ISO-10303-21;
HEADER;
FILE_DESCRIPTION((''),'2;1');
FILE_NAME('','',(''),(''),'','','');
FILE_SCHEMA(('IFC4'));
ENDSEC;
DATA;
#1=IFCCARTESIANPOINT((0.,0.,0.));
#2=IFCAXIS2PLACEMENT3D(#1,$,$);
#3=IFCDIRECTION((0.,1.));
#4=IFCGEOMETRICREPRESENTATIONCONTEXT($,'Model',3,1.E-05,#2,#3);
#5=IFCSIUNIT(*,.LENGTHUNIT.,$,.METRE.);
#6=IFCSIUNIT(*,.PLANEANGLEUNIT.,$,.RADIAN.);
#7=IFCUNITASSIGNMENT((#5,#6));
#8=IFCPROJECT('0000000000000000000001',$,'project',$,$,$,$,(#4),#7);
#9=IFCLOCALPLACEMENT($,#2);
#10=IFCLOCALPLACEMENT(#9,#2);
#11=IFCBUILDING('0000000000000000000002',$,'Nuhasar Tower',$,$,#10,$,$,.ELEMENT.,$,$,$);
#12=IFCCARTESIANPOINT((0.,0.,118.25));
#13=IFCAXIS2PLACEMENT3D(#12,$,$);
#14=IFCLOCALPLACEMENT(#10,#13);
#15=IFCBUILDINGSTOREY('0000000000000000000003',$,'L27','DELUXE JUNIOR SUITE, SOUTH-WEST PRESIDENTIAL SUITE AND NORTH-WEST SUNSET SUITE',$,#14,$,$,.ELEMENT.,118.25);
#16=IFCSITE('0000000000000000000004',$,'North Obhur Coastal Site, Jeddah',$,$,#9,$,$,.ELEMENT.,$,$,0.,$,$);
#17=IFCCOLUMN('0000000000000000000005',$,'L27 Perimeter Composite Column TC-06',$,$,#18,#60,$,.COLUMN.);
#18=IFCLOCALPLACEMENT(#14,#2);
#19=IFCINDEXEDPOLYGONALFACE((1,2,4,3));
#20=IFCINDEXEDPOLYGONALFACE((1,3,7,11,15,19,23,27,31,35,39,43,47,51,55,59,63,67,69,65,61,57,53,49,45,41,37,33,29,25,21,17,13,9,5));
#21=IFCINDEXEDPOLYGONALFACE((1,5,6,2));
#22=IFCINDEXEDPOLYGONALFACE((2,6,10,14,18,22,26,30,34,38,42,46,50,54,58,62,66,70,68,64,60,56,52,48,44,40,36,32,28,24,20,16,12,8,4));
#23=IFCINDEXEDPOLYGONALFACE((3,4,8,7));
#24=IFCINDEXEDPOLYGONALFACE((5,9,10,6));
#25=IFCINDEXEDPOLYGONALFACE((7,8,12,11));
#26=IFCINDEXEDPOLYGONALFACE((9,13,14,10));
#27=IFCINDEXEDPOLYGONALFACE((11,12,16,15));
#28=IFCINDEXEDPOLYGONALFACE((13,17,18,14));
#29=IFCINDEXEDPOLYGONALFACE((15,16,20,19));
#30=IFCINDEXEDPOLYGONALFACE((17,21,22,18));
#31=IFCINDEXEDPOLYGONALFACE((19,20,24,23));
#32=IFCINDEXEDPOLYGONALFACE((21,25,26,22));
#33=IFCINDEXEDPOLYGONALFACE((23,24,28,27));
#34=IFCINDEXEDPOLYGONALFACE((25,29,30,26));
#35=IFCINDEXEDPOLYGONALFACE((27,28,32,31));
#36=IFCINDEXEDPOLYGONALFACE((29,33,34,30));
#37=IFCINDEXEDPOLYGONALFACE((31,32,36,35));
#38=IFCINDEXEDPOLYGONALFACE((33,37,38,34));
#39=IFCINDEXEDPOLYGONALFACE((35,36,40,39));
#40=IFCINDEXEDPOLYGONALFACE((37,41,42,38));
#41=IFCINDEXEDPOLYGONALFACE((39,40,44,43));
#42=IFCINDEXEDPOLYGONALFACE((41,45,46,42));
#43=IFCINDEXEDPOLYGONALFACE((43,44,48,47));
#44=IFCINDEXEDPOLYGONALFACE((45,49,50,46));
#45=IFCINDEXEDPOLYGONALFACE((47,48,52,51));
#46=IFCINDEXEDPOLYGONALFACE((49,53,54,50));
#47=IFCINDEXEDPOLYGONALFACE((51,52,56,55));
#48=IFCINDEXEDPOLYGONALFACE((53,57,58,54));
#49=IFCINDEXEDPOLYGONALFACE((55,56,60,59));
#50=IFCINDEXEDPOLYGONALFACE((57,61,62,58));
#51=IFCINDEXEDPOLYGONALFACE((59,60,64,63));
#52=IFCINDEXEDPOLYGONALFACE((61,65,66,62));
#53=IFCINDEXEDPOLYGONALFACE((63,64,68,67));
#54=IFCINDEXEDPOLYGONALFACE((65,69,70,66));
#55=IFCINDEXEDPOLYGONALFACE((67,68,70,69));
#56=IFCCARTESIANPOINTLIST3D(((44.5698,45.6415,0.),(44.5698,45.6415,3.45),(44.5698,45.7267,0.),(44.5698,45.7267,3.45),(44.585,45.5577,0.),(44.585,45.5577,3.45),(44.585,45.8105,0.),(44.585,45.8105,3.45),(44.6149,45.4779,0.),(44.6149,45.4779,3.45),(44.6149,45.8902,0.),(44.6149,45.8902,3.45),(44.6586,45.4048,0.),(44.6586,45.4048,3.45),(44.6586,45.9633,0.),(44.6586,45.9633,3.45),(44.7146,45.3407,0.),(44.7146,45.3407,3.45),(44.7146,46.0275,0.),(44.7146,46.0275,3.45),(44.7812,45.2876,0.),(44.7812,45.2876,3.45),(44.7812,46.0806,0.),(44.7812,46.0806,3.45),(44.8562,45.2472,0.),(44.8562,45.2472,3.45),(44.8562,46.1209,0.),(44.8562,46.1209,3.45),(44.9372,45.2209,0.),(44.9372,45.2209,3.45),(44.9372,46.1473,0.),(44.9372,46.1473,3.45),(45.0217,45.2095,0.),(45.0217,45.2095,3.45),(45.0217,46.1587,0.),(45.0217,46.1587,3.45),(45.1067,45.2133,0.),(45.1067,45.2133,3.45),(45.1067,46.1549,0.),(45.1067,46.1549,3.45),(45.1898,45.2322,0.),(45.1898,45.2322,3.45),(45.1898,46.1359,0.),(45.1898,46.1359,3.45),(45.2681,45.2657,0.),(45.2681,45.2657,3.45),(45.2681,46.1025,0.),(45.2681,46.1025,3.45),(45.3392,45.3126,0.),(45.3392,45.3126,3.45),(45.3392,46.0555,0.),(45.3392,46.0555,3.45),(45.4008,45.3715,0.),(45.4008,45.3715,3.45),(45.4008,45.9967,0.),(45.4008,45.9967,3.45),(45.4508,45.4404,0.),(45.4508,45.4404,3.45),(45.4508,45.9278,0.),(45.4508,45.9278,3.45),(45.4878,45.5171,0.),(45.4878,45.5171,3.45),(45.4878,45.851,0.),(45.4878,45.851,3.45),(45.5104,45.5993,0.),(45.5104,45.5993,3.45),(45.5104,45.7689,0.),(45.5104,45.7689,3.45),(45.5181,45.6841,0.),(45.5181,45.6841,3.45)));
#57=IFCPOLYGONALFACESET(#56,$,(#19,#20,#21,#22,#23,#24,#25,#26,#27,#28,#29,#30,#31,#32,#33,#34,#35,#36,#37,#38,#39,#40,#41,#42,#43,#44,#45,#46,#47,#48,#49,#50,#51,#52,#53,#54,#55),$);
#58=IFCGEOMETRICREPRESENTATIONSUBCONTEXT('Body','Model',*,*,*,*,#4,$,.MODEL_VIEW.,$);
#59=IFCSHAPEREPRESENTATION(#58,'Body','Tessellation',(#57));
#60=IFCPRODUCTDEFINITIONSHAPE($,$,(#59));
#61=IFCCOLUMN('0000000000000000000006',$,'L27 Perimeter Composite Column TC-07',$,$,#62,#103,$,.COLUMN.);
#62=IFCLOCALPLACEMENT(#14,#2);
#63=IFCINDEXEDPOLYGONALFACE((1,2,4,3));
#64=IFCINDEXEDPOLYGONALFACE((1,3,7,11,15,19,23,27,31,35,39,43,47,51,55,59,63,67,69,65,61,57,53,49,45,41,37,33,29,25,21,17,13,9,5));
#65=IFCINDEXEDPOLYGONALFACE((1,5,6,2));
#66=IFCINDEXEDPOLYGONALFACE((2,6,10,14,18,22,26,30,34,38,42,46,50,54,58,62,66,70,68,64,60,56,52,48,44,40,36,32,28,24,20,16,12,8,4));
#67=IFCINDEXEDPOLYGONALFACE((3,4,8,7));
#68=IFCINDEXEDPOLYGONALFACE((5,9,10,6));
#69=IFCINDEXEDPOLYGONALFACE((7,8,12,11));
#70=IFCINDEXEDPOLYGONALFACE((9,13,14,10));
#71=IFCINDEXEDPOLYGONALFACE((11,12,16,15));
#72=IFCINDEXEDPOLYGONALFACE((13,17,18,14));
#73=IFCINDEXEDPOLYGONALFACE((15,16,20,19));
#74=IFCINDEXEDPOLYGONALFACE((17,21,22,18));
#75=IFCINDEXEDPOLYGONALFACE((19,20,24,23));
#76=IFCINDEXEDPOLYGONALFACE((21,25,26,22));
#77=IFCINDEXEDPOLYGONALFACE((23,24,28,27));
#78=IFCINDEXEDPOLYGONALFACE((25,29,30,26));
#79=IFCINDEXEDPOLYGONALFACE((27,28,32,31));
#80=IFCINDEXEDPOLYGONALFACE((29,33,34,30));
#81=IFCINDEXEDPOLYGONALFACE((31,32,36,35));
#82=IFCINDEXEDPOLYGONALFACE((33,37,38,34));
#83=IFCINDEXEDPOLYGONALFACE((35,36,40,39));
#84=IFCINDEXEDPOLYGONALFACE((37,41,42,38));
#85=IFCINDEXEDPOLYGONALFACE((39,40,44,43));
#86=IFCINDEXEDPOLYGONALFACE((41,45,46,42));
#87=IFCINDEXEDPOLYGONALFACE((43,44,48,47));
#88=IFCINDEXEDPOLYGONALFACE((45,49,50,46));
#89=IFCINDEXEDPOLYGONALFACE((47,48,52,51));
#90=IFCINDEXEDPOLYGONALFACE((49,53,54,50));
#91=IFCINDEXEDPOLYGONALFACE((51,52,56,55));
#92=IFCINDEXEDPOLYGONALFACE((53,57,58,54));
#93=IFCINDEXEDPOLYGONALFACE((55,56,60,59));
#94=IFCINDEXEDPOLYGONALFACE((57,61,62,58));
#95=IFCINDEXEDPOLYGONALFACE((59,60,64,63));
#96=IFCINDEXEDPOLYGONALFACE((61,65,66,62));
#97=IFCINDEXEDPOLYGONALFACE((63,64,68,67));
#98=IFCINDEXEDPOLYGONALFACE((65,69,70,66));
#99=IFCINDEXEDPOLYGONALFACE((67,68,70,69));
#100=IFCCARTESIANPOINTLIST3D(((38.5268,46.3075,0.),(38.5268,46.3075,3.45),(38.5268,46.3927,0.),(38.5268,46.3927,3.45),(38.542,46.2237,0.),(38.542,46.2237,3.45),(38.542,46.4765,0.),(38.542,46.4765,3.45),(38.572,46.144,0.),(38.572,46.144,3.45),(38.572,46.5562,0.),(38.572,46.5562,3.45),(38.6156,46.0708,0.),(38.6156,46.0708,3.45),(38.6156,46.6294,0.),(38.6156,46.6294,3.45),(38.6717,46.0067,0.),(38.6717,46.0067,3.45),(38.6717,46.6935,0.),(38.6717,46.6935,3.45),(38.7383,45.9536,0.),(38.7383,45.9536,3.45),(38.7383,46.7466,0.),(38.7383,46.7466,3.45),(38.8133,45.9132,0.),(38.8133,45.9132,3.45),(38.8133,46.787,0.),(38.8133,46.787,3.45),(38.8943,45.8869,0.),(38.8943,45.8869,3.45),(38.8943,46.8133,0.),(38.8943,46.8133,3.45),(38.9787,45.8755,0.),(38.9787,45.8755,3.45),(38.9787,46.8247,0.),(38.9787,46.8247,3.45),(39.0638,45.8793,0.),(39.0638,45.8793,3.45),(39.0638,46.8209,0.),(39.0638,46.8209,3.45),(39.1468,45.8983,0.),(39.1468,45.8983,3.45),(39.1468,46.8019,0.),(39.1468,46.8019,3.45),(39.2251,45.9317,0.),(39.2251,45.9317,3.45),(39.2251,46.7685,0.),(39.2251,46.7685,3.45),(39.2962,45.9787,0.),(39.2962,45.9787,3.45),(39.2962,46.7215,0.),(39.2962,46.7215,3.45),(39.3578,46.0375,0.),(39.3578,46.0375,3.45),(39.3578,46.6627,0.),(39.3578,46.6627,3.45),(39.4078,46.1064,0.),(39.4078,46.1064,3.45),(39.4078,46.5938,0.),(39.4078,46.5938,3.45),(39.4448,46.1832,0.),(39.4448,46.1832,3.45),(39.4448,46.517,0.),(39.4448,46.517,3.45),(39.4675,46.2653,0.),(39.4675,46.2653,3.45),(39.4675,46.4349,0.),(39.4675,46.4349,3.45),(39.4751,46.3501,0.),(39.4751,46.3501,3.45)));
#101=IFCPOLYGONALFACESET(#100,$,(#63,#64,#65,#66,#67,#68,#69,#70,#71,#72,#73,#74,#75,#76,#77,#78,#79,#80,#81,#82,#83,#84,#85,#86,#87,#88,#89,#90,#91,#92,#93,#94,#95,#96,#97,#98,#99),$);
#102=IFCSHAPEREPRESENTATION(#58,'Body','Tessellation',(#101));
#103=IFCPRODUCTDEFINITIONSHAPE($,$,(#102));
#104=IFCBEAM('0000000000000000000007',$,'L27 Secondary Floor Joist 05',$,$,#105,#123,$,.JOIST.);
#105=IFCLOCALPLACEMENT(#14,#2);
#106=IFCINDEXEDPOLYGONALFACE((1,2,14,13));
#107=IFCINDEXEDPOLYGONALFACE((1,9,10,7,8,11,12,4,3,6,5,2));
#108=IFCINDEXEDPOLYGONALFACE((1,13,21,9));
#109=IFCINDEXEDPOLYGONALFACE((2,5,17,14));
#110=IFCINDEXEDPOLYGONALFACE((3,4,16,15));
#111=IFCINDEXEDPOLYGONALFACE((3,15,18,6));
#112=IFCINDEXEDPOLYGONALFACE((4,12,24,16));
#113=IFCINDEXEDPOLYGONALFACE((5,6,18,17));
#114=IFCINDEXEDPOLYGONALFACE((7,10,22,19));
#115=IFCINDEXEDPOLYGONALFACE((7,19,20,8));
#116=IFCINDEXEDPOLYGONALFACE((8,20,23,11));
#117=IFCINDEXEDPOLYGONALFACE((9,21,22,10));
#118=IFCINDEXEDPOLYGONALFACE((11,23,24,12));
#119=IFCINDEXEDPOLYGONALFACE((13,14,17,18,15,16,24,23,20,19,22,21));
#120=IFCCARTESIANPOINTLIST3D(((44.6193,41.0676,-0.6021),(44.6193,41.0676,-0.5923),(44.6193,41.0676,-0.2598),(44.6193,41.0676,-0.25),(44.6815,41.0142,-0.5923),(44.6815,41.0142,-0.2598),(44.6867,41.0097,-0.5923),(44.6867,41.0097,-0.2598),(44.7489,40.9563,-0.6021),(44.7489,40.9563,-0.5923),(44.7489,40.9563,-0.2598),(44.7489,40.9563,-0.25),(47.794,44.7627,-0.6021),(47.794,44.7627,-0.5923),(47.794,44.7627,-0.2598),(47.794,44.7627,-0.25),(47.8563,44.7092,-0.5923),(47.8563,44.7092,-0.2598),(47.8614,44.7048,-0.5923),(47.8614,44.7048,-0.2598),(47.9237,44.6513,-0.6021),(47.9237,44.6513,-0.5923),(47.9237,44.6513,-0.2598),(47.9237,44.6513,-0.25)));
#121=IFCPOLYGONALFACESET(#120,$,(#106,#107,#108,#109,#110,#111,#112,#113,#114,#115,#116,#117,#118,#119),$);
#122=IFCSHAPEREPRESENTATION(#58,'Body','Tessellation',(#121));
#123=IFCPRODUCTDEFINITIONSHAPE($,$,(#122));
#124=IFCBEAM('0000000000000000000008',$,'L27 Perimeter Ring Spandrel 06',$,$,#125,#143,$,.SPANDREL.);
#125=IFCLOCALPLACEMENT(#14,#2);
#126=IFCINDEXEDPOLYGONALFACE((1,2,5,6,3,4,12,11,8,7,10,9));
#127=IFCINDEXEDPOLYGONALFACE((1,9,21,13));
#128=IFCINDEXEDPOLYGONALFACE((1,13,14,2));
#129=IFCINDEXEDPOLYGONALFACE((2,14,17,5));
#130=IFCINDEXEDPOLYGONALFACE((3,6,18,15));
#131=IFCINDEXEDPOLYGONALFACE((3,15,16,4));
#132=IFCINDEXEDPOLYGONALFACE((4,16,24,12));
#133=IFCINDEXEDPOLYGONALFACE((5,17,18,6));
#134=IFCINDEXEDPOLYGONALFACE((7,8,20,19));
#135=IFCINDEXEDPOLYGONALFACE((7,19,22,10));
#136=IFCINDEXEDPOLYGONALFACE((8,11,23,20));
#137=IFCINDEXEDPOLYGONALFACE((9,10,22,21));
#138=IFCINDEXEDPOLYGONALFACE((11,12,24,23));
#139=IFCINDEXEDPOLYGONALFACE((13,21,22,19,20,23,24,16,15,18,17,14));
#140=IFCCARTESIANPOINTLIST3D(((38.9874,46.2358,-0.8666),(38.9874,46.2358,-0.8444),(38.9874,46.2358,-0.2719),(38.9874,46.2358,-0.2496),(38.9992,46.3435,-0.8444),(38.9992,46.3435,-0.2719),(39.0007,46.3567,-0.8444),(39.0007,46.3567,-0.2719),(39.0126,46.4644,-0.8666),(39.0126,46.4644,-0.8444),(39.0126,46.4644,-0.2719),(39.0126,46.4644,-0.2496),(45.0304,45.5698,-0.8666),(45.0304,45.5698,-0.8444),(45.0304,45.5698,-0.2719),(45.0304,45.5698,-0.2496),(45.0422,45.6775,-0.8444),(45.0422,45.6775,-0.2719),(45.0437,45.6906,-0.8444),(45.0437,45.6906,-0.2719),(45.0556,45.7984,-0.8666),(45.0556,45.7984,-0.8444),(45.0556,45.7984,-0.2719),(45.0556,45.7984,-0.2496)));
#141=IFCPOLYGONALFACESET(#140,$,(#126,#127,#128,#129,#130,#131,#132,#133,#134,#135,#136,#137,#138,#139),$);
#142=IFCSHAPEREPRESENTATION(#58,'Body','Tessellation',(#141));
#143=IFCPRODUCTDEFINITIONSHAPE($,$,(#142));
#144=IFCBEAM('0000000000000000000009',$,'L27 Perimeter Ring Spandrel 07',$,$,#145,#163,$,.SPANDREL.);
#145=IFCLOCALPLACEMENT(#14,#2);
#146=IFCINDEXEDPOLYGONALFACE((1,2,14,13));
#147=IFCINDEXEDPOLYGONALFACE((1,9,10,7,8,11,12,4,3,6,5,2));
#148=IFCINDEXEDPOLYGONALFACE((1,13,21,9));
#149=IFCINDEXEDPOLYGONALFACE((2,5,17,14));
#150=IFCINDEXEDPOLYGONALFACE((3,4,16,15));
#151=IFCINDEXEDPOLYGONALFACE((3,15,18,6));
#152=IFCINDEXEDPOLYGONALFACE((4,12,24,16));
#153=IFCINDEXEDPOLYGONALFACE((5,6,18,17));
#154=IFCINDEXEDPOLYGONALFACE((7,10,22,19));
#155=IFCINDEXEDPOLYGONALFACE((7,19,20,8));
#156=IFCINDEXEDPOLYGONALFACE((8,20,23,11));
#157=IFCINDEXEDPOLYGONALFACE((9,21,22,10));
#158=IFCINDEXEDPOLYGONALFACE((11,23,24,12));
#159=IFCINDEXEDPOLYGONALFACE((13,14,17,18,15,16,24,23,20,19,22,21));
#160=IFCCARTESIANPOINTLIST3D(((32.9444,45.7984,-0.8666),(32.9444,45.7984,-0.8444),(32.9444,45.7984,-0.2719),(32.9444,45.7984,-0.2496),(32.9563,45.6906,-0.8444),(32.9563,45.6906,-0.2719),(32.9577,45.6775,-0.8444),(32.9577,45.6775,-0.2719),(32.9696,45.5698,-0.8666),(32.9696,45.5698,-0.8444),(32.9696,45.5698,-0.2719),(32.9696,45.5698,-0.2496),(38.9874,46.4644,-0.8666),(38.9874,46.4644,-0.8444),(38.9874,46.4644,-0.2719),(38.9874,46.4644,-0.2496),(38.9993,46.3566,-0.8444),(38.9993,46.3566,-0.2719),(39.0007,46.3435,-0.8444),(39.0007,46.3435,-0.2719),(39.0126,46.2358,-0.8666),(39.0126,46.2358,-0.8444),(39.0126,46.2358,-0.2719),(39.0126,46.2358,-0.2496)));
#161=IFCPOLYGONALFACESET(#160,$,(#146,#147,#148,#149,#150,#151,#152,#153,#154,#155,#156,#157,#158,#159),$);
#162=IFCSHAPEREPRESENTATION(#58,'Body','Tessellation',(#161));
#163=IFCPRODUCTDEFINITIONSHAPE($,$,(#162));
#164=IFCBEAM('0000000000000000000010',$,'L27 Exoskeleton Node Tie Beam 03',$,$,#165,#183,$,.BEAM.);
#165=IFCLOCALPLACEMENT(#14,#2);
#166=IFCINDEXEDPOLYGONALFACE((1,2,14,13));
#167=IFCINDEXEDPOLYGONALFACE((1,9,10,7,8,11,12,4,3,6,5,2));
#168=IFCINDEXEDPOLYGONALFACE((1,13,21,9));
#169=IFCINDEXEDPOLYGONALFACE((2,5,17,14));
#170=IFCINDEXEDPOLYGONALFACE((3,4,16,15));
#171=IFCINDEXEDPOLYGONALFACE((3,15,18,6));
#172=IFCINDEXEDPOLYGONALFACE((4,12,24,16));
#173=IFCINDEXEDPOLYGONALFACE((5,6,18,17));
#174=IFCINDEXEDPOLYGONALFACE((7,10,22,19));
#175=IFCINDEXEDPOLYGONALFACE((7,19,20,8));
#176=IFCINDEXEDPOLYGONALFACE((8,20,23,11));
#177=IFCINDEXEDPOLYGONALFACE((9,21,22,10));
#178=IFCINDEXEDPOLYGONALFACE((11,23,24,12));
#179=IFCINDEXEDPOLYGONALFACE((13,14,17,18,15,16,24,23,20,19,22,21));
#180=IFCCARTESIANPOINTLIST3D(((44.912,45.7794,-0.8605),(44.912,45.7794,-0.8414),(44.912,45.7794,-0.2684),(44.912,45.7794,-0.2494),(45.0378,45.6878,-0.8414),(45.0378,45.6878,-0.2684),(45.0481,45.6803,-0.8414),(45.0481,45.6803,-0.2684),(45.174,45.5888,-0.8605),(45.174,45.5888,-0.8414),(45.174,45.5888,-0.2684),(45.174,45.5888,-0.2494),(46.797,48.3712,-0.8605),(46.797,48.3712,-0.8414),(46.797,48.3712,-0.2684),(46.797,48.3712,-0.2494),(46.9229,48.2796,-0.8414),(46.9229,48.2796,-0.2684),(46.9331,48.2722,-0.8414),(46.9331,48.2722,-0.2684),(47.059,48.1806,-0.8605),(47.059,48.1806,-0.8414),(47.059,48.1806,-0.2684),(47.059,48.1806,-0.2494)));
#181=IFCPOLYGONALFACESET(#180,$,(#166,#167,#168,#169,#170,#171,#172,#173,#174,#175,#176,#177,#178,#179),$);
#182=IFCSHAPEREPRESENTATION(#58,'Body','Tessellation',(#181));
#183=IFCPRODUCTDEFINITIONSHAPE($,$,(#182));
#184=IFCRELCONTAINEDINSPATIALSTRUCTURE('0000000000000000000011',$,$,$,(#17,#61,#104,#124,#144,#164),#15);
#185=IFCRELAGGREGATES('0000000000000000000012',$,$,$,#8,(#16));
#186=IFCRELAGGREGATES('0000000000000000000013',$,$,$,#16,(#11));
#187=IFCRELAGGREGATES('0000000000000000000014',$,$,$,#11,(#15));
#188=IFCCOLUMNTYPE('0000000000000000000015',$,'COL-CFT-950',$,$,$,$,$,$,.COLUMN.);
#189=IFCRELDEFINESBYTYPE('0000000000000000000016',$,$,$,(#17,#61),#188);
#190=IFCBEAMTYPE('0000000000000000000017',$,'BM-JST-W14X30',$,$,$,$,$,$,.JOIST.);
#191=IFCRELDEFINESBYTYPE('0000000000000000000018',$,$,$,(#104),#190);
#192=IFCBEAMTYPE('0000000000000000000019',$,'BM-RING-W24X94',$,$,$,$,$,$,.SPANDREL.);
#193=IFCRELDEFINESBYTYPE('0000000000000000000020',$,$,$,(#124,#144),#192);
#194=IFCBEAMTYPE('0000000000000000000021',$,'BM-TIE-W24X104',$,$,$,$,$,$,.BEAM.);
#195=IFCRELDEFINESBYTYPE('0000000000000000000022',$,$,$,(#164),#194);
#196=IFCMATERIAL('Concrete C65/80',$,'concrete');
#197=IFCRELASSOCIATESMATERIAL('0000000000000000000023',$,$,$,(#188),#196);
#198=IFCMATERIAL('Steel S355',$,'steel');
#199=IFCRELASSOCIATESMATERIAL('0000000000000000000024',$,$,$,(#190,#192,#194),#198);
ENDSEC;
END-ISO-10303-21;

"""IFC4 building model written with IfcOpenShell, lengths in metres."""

from ifc_helpers import new_model, si_unit, direction, frame, origin, origin_2d, place, context, subcontext, project, spatial, circle, i_section, extrude, material, material_profile, profile_set, type_object, element, save


model = new_model("IFC4")

# Units and contexts
model_context = context("Model", 3, precision=1e-05, world=origin(), true_north=direction((0.0, 1.0)))
body_context = subcontext(model_context, "Body", "Model", "MODEL_VIEW")
ifc_project = project(units=[si_unit("LENGTHUNIT", "METRE"), si_unit("PLANEANGLEUNIT", "RADIAN")], contexts=[model_context])

# Site, building, storey
site_placement = place(None, origin())
site = spatial("IfcSite", under=ifc_project, at=site_placement, Name="North Obhur Coastal Site, Jeddah", CompositionType="ELEMENT", RefElevation=0.0)
building_placement = place(site_placement, origin())
building = spatial("IfcBuilding", under=site, at=building_placement, Name="Nuhasar Tower", CompositionType="ELEMENT")
storey_placement = place(building_placement, frame((0.0, 0.0, 118.25)))
storey = spatial("IfcBuildingStorey", under=building, at=storey_placement, Name="L27", Description="DELUXE JUNIOR SUITE, SOUTH-WEST PRESIDENTIAL SUITE AND NORTH-WEST SUNSET SUITE", CompositionType="ELEMENT", Elevation=118.25)

# Columns
ifc_material_1 = material(Name="Concrete C65/80", Category="concrete")
ifc_material_profile_1 = material_profile(ifc_material_1, circle(Radius=0.4751, at=origin_2d()), Name="CFT950")
ifc_profile_set_1 = profile_set([ifc_material_profile_1], Name="Concrete C65/80")
column_type = type_object("IfcColumnType", Name="COL-CFT-950", PredefinedType="COLUMN", material=ifc_profile_set_1)
for number, where, z_axis, x_axis, name in (
    (1, (45.043, 45.6841, 0.0), (0.0, 0.0, 1.0), (1.0, 0.0, 0.0), "L27 Perimeter Composite Column TC-06"),
    (2, (39.0, 46.3501, 0.0), (0.0, 0.0, 1.0), (1.0, 0.0, 0.0), "L27 Perimeter Composite Column TC-07"),
):
    element("IfcColumn", number, at=place(storey_placement, frame(where, z_axis=z_axis, x_axis=x_axis)), inside=storey, type_object=column_type, Name=name, PredefinedType="COLUMN", context=body_context, shape_type="SweptSolid", body=[
        extrude(circle(Radius=0.4751, at=origin_2d()), origin(), (0.0, 0.0, 1.0), 3.45),
    ])

# Beams
ifc_material_2 = material(Name="Steel S355", Category="steel")
ifc_material_profile_2 = material_profile(ifc_material_2, i_section(OverallWidth=0.1709, OverallDepth=0.3521, WebThickness=0.0068, FlangeThickness=0.0098, at=origin_2d()), Name="W14X30")
ifc_profile_set_2 = profile_set([ifc_material_profile_2], Name="Steel S355")
beam_type_1 = type_object("IfcBeamType", Name="BM-JST-W14X30", PredefinedType="JOIST", material=ifc_profile_set_2)
beam_1_placement = place(storey_placement, frame((44.6841, 41.012, -0.426), z_axis=(0.651691, 0.758485, 0.0), x_axis=(-0.758485, 0.651691, 0.0)))
element("IfcBeam", 3, at=beam_1_placement, inside=storey, type_object=beam_type_1, Name="L27 Secondary Floor Joist 05", PredefinedType="JOIST", context=body_context, shape_type="SweptSolid", body=[
    extrude(i_section(OverallWidth=0.1709, OverallDepth=0.3521, WebThickness=0.0068, FlangeThickness=0.0098, at=origin_2d()), origin(), (0.0, 0.0, 1.0), 4.8716),
])
ifc_material_profile_3 = material_profile(ifc_material_2, i_section(OverallWidth=0.23, OverallDepth=0.6169, WebThickness=0.0132, FlangeThickness=0.0222, at=origin_2d()), Name="W24X94")
ifc_profile_set_3 = profile_set([ifc_material_profile_3], Name="Steel S355")
beam_type_2 = type_object("IfcBeamType", Name="BM-RING-W24X94", PredefinedType="SPANDREL", material=ifc_profile_set_3)
for number, where, z_axis, x_axis, name in (
    (4, (45.043, 45.6841, -0.5581), (-0.993981, 0.10955, 0.0), (-0.10955, -0.993981, 0.0), "L27 Perimeter Ring Spandrel 06"),
    (5, (39.0, 46.3501, -0.5581), (-0.993981, -0.10955, 0.0), (0.10955, -0.993981, 0.0), "L27 Perimeter Ring Spandrel 07"),
):
    element("IfcBeam", number, at=place(storey_placement, frame(where, z_axis=z_axis, x_axis=x_axis)), inside=storey, type_object=beam_type_2, Name=name, PredefinedType="SPANDREL", context=body_context, shape_type="SweptSolid", body=[
        extrude(i_section(OverallWidth=0.23, OverallDepth=0.6169, WebThickness=0.0132, FlangeThickness=0.0222, at=origin_2d()), origin(), (0.0, 0.0, 1.0), 6.0796),
    ])
ifc_material_profile_4 = material_profile(ifc_material_2, i_section(OverallWidth=0.324, OverallDepth=0.6111, WebThickness=0.0127, FlangeThickness=0.019, at=origin_2d()), Name="W24X104")
ifc_profile_set_4 = profile_set([ifc_material_profile_4], Name="Steel S355")
beam_type_3 = type_object("IfcBeamType", Name="BM-TIE-W24X104", PredefinedType="BEAM", material=ifc_profile_set_4)
beam_2_placement = place(storey_placement, frame((45.043, 45.6841, -0.5549), z_axis=(0.588185, 0.808726, 0.0), x_axis=(-0.808726, 0.588185, 0.0)))
element("IfcBeam", 6, at=beam_2_placement, inside=storey, type_object=beam_type_3, Name="L27 Exoskeleton Node Tie Beam 03", PredefinedType="BEAM", context=body_context, shape_type="SweptSolid", body=[
    extrude(i_section(OverallWidth=0.324, OverallDepth=0.6111, WebThickness=0.0127, FlangeThickness=0.019, at=origin_2d()), origin(), (0.0, 0.0, 1.0), 3.2048),
])

save(model, "model.ifc")
